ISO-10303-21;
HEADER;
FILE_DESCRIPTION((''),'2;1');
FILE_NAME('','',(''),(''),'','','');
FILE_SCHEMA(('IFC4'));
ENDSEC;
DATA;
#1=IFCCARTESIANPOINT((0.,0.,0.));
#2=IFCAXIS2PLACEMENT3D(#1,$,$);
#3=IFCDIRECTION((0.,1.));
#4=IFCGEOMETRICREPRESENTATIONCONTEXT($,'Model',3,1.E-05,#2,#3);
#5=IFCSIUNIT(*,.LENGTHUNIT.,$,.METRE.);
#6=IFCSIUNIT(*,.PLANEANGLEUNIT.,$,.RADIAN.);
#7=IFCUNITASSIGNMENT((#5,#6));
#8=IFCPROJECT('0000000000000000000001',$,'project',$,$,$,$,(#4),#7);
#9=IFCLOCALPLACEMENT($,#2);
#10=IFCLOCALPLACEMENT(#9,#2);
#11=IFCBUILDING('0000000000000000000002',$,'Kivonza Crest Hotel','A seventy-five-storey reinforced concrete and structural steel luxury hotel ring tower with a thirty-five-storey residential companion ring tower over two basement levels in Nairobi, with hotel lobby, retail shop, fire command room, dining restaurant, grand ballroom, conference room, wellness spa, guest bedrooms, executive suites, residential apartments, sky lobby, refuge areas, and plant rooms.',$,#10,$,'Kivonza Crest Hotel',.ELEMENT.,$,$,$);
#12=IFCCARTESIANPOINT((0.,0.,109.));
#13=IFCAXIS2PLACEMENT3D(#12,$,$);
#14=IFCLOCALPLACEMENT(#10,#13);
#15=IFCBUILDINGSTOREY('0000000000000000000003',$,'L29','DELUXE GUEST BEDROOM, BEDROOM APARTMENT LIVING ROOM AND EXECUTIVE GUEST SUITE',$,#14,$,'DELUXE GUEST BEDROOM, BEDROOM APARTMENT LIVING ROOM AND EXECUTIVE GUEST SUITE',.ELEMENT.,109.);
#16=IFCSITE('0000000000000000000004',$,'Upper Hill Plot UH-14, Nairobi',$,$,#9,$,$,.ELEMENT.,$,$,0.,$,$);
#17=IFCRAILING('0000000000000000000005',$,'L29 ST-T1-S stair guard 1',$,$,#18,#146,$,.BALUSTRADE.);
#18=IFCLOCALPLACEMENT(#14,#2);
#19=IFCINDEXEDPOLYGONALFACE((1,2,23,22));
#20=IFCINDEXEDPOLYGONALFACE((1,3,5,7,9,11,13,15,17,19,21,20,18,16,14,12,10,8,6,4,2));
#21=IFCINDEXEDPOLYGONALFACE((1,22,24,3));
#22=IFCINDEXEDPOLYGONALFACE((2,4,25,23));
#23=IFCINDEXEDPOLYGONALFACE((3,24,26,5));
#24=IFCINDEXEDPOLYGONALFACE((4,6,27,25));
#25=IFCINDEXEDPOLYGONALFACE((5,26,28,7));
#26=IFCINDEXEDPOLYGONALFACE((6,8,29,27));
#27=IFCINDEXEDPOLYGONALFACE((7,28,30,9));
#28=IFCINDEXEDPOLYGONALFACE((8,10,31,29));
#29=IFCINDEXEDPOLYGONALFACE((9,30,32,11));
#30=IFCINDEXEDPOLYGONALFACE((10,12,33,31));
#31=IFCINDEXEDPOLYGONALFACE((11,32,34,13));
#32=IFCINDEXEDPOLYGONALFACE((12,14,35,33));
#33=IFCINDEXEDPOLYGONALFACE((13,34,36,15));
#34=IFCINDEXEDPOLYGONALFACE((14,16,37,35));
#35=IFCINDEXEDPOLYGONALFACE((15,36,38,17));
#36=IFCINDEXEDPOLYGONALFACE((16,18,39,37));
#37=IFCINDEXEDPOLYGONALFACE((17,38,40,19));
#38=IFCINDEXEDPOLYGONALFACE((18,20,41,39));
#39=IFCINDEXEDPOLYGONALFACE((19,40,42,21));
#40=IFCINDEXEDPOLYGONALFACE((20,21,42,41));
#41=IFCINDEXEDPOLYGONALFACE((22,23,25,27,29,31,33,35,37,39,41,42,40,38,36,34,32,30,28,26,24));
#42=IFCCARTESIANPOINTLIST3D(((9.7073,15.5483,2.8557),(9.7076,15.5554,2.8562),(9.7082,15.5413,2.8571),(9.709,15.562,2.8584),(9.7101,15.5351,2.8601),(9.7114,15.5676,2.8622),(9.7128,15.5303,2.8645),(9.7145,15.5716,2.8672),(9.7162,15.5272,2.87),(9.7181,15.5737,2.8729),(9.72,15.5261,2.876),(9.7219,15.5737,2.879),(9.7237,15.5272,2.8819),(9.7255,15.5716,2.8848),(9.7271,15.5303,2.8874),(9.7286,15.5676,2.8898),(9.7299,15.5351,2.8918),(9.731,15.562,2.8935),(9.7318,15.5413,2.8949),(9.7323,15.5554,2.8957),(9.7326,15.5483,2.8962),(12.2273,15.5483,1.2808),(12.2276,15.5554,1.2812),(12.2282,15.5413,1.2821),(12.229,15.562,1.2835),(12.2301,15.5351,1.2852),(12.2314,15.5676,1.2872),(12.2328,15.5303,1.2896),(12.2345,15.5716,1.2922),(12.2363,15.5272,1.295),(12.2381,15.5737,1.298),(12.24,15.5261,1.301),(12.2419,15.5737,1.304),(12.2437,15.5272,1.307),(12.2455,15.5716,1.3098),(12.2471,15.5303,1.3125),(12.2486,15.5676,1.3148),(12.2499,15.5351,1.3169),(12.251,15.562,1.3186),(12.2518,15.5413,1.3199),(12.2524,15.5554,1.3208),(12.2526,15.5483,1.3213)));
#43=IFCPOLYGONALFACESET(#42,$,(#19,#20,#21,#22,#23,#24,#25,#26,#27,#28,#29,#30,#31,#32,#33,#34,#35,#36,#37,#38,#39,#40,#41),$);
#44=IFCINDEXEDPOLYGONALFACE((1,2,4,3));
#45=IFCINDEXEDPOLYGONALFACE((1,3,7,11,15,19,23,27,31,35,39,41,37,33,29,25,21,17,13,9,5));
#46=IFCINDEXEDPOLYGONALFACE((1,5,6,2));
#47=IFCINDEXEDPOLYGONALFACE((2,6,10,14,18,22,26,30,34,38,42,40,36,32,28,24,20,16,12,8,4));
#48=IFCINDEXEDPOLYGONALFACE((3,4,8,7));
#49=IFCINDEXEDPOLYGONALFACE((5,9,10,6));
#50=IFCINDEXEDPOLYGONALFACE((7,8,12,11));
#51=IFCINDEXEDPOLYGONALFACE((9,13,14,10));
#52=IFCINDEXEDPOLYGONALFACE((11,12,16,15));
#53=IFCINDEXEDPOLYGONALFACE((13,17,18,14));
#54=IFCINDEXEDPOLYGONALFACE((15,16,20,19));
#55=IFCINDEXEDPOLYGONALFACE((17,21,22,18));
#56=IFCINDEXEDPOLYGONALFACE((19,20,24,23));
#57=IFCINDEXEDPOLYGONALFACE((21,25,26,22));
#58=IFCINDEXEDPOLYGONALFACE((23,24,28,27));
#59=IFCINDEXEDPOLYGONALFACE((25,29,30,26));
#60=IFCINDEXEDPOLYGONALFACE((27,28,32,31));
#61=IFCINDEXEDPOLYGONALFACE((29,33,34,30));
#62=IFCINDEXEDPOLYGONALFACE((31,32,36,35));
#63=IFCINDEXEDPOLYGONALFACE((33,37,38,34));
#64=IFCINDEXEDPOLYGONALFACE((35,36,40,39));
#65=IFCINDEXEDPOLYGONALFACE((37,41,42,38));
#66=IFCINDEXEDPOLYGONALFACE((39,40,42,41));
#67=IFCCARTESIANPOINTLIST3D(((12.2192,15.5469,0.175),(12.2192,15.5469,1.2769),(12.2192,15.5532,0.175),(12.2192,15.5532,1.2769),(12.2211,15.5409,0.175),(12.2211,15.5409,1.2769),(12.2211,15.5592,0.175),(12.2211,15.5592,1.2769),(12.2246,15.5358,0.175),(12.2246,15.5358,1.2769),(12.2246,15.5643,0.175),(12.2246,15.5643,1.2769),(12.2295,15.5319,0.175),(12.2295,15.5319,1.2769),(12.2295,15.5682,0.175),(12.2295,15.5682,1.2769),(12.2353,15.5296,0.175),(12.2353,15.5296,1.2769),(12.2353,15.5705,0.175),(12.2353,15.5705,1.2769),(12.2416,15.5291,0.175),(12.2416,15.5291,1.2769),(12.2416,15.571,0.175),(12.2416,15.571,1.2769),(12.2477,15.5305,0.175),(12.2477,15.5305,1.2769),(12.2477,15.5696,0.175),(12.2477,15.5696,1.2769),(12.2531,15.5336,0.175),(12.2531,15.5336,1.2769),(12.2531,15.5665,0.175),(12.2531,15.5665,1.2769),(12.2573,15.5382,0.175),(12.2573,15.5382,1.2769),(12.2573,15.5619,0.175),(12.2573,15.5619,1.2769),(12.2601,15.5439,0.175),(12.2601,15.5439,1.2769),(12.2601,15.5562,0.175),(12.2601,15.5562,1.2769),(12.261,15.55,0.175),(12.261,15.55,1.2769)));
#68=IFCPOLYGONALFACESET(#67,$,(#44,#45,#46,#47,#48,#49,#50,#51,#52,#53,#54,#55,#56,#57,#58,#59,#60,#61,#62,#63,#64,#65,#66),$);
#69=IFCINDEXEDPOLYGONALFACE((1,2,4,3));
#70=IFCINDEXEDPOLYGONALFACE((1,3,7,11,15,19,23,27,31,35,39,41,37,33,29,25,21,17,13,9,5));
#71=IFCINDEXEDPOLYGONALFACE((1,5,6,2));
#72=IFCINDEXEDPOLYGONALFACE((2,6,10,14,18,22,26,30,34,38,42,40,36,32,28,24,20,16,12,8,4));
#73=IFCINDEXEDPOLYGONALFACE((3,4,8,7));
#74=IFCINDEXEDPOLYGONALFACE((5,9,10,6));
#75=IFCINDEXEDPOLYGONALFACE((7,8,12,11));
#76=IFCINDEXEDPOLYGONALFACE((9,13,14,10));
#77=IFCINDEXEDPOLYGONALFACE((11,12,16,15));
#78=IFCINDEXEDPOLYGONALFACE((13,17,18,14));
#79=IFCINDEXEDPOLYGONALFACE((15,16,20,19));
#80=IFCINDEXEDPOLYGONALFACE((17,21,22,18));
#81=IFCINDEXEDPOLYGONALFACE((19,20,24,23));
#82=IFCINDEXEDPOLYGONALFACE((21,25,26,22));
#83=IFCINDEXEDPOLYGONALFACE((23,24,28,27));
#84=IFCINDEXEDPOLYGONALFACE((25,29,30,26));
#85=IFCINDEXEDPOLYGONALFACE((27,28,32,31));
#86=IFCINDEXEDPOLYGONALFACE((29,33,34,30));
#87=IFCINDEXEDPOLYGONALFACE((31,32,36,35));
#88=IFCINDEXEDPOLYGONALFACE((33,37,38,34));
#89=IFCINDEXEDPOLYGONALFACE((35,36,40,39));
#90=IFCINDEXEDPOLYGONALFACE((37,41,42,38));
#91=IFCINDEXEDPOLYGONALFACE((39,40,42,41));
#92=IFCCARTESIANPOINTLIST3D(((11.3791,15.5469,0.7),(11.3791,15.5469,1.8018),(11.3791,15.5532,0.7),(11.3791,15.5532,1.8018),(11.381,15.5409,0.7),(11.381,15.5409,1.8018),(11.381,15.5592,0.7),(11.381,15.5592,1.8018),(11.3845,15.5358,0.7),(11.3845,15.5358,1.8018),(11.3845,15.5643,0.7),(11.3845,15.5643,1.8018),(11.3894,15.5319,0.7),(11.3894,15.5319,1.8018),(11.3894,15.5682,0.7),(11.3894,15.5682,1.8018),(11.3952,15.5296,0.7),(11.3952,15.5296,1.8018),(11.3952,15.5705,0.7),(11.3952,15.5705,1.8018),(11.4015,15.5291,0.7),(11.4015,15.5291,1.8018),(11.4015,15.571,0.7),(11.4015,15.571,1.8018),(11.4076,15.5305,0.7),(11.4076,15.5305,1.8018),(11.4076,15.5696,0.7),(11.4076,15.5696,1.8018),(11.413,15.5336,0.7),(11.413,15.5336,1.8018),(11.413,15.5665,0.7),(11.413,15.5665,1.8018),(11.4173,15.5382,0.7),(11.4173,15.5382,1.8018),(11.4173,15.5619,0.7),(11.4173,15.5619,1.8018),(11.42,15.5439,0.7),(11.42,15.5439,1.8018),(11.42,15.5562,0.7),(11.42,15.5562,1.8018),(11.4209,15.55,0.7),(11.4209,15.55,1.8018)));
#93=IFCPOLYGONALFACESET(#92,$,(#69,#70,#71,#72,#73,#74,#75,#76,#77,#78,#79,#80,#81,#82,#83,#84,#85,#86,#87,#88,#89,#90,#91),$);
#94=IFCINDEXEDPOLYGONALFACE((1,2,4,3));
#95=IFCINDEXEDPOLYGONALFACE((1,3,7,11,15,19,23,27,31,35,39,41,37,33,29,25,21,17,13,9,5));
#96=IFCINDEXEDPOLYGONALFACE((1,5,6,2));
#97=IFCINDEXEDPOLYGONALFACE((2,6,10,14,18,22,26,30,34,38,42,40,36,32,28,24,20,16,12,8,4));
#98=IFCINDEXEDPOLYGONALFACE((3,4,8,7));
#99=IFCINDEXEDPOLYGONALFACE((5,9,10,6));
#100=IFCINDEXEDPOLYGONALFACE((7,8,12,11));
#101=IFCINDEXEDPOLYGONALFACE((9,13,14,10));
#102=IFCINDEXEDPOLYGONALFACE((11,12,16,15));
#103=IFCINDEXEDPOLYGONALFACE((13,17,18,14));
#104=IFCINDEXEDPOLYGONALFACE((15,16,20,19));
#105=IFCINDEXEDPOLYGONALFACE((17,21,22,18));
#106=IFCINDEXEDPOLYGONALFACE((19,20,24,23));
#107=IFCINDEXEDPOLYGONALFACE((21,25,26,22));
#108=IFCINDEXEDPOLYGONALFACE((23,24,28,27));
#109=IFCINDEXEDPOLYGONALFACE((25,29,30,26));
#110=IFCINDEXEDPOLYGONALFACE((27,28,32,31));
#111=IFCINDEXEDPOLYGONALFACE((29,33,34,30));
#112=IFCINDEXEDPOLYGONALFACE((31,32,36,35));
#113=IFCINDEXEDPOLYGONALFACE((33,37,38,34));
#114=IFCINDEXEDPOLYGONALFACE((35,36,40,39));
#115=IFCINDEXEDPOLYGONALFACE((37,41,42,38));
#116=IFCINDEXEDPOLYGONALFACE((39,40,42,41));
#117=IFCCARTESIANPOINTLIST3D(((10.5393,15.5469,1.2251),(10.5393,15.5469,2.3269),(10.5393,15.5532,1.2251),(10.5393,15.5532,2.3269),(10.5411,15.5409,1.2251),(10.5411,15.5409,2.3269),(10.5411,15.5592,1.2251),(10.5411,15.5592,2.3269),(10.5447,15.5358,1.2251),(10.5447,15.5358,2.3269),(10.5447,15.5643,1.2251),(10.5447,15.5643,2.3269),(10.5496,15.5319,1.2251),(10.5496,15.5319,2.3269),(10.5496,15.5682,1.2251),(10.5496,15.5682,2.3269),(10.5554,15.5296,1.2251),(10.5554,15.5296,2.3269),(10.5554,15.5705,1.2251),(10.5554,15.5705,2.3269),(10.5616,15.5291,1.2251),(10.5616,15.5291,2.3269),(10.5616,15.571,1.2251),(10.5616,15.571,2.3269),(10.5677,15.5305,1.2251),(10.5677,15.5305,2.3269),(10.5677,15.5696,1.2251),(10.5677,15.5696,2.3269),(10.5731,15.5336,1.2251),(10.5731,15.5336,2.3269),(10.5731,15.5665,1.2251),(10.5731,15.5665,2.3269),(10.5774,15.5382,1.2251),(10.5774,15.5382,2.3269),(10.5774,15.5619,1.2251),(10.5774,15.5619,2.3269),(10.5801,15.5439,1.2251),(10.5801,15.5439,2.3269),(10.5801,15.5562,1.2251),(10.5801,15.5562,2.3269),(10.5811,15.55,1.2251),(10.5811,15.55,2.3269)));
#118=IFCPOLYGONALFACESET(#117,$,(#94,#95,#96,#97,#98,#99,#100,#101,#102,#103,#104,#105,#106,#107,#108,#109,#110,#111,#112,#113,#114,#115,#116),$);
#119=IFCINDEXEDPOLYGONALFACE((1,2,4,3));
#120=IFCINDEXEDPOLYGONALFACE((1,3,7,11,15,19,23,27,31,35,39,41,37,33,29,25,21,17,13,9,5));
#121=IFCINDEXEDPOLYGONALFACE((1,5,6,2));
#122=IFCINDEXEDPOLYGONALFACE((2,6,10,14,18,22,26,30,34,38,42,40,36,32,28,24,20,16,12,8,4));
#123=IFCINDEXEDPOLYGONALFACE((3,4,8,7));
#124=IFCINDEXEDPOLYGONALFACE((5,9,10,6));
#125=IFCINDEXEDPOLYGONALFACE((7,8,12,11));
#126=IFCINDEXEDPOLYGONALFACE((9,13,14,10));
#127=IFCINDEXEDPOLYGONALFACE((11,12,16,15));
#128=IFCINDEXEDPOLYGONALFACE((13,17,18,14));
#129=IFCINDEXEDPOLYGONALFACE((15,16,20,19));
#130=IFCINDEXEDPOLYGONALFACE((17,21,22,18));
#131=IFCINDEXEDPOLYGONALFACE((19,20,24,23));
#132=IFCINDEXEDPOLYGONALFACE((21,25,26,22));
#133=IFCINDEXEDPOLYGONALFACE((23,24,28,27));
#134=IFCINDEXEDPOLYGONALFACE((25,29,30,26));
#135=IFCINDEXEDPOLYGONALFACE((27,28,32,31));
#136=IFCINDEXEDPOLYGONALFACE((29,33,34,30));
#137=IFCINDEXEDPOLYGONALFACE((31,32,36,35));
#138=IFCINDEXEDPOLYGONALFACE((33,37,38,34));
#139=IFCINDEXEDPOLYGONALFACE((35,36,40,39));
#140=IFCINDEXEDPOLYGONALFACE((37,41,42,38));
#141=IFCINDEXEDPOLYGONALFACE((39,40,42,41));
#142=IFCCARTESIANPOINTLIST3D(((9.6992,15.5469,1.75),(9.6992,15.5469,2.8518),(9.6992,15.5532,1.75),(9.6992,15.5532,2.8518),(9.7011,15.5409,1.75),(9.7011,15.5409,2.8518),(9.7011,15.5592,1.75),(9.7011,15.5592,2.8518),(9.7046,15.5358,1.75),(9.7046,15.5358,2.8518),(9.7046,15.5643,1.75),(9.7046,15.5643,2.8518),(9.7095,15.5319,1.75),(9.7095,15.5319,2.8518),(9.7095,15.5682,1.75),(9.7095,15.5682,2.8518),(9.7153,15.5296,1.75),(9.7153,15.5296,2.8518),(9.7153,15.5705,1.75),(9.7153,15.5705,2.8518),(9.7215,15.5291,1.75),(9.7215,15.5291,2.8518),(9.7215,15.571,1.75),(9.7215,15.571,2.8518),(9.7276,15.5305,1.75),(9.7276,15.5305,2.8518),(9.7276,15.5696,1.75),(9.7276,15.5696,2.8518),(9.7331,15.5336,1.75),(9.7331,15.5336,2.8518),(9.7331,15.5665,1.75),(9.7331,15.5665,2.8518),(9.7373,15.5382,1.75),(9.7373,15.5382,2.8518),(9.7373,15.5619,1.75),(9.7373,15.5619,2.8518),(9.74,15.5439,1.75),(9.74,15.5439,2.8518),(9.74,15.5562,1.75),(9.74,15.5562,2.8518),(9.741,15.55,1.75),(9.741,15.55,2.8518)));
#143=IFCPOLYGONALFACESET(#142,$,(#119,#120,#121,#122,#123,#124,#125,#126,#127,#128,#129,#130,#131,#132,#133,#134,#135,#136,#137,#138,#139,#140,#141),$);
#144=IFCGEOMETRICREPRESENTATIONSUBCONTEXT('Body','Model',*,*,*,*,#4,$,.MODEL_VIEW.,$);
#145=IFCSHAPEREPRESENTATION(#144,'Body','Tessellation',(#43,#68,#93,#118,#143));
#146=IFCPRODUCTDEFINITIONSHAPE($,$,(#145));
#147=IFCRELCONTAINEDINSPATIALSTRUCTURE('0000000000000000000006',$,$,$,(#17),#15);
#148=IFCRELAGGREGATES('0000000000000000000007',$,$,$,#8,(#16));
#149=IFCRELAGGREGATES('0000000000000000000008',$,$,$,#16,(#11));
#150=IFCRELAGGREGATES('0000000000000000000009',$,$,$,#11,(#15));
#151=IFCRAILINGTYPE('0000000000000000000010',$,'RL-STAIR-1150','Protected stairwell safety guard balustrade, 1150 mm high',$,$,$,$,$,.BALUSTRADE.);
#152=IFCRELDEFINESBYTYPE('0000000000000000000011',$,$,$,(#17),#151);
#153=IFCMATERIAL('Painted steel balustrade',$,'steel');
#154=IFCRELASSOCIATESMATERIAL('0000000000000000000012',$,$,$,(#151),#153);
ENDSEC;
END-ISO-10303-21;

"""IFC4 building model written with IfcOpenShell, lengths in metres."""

from ifc_helpers import new_model, si_unit, direction, frame, origin, origin_2d, place, context, subcontext, project, spatial, circle, extrude, material, type_object, element, save


model = new_model("IFC4")

# Units and contexts
model_context = context("Model", 3, precision=1e-05, world=origin(), true_north=direction((0.0, 1.0)))
body_context = subcontext(model_context, "Body", "Model", "MODEL_VIEW")
ifc_project = project(units=[si_unit("LENGTHUNIT", "METRE"), si_unit("PLANEANGLEUNIT", "RADIAN")], contexts=[model_context])

# Site, building, storey
site_placement = place(None, origin())
site = spatial("IfcSite", under=ifc_project, at=site_placement, Name="Upper Hill Plot UH-14, Nairobi", CompositionType="ELEMENT", RefElevation=0.0)
building_placement = place(site_placement, origin())
building = spatial("IfcBuilding", under=site, at=building_placement, Name="Kivonza Crest Hotel", Description="A seventy-five-storey reinforced concrete and structural steel luxury hotel ring tower with a thirty-five-storey residential companion ring tower over two basement levels in Nairobi, with hotel lobby, retail shop, fire command room, dining restaurant, grand ballroom, conference room, wellness spa, guest bedrooms, executive suites, residential apartments, sky lobby, refuge areas, and plant rooms.", LongName="Kivonza Crest Hotel", CompositionType="ELEMENT")
storey_placement = place(building_placement, frame((0.0, 0.0, 109.0)))
storey = spatial("IfcBuildingStorey", under=building, at=storey_placement, Name="L29", Description="DELUXE GUEST BEDROOM, BEDROOM APARTMENT LIVING ROOM AND EXECUTIVE GUEST SUITE", LongName="DELUXE GUEST BEDROOM, BEDROOM APARTMENT LIVING ROOM AND EXECUTIVE GUEST SUITE", CompositionType="ELEMENT", Elevation=109.0)

# Railing
ifc_material_1 = material(Name="Painted steel balustrade", Category="steel")
railing_type_1 = type_object("IfcRailingType", Name="RL-STAIR-1150", Description="Protected stairwell safety guard balustrade, 1150 mm high", PredefinedType="BALUSTRADE", material=ifc_material_1)
railing_1_placement = place(storey_placement, frame((12.24, 15.55, 0.175)))
element("IfcRailing", 1, at=railing_1_placement, inside=storey, type_object=railing_type_1, Name="L29 ST-T1-S stair guard 1", PredefinedType="BALUSTRADE", context=body_context, shape_type="SweptSolid", body=[
    extrude(circle(Radius=0.0239, at=origin_2d()), frame((0.0, 0.0, 1.126), z_axis=(-0.848008, 0.0, 0.529984), x_axis=(0.0, -1.0, 0.0)), (0.0, 0.0, 1.0), 2.9717),
    extrude(circle(Radius=0.021, at=origin_2d()), origin(), (0.0, 0.0, 1.0), 1.1018),
    extrude(circle(Radius=0.021, at=origin_2d()), frame((-0.8401, 0.0, 0.5249)), (0.0, 0.0, 1.0), 1.1018),
    extrude(circle(Radius=0.021, at=origin_2d()), frame((-1.6799, 0.0, 1.05)), (0.0, 0.0, 1.0), 1.1018),
    extrude(circle(Radius=0.021, at=origin_2d()), frame((-2.52, 0.0, 1.575)), (0.0, 0.0, 1.0), 1.1018),
])

save(model, "model.ifc")
